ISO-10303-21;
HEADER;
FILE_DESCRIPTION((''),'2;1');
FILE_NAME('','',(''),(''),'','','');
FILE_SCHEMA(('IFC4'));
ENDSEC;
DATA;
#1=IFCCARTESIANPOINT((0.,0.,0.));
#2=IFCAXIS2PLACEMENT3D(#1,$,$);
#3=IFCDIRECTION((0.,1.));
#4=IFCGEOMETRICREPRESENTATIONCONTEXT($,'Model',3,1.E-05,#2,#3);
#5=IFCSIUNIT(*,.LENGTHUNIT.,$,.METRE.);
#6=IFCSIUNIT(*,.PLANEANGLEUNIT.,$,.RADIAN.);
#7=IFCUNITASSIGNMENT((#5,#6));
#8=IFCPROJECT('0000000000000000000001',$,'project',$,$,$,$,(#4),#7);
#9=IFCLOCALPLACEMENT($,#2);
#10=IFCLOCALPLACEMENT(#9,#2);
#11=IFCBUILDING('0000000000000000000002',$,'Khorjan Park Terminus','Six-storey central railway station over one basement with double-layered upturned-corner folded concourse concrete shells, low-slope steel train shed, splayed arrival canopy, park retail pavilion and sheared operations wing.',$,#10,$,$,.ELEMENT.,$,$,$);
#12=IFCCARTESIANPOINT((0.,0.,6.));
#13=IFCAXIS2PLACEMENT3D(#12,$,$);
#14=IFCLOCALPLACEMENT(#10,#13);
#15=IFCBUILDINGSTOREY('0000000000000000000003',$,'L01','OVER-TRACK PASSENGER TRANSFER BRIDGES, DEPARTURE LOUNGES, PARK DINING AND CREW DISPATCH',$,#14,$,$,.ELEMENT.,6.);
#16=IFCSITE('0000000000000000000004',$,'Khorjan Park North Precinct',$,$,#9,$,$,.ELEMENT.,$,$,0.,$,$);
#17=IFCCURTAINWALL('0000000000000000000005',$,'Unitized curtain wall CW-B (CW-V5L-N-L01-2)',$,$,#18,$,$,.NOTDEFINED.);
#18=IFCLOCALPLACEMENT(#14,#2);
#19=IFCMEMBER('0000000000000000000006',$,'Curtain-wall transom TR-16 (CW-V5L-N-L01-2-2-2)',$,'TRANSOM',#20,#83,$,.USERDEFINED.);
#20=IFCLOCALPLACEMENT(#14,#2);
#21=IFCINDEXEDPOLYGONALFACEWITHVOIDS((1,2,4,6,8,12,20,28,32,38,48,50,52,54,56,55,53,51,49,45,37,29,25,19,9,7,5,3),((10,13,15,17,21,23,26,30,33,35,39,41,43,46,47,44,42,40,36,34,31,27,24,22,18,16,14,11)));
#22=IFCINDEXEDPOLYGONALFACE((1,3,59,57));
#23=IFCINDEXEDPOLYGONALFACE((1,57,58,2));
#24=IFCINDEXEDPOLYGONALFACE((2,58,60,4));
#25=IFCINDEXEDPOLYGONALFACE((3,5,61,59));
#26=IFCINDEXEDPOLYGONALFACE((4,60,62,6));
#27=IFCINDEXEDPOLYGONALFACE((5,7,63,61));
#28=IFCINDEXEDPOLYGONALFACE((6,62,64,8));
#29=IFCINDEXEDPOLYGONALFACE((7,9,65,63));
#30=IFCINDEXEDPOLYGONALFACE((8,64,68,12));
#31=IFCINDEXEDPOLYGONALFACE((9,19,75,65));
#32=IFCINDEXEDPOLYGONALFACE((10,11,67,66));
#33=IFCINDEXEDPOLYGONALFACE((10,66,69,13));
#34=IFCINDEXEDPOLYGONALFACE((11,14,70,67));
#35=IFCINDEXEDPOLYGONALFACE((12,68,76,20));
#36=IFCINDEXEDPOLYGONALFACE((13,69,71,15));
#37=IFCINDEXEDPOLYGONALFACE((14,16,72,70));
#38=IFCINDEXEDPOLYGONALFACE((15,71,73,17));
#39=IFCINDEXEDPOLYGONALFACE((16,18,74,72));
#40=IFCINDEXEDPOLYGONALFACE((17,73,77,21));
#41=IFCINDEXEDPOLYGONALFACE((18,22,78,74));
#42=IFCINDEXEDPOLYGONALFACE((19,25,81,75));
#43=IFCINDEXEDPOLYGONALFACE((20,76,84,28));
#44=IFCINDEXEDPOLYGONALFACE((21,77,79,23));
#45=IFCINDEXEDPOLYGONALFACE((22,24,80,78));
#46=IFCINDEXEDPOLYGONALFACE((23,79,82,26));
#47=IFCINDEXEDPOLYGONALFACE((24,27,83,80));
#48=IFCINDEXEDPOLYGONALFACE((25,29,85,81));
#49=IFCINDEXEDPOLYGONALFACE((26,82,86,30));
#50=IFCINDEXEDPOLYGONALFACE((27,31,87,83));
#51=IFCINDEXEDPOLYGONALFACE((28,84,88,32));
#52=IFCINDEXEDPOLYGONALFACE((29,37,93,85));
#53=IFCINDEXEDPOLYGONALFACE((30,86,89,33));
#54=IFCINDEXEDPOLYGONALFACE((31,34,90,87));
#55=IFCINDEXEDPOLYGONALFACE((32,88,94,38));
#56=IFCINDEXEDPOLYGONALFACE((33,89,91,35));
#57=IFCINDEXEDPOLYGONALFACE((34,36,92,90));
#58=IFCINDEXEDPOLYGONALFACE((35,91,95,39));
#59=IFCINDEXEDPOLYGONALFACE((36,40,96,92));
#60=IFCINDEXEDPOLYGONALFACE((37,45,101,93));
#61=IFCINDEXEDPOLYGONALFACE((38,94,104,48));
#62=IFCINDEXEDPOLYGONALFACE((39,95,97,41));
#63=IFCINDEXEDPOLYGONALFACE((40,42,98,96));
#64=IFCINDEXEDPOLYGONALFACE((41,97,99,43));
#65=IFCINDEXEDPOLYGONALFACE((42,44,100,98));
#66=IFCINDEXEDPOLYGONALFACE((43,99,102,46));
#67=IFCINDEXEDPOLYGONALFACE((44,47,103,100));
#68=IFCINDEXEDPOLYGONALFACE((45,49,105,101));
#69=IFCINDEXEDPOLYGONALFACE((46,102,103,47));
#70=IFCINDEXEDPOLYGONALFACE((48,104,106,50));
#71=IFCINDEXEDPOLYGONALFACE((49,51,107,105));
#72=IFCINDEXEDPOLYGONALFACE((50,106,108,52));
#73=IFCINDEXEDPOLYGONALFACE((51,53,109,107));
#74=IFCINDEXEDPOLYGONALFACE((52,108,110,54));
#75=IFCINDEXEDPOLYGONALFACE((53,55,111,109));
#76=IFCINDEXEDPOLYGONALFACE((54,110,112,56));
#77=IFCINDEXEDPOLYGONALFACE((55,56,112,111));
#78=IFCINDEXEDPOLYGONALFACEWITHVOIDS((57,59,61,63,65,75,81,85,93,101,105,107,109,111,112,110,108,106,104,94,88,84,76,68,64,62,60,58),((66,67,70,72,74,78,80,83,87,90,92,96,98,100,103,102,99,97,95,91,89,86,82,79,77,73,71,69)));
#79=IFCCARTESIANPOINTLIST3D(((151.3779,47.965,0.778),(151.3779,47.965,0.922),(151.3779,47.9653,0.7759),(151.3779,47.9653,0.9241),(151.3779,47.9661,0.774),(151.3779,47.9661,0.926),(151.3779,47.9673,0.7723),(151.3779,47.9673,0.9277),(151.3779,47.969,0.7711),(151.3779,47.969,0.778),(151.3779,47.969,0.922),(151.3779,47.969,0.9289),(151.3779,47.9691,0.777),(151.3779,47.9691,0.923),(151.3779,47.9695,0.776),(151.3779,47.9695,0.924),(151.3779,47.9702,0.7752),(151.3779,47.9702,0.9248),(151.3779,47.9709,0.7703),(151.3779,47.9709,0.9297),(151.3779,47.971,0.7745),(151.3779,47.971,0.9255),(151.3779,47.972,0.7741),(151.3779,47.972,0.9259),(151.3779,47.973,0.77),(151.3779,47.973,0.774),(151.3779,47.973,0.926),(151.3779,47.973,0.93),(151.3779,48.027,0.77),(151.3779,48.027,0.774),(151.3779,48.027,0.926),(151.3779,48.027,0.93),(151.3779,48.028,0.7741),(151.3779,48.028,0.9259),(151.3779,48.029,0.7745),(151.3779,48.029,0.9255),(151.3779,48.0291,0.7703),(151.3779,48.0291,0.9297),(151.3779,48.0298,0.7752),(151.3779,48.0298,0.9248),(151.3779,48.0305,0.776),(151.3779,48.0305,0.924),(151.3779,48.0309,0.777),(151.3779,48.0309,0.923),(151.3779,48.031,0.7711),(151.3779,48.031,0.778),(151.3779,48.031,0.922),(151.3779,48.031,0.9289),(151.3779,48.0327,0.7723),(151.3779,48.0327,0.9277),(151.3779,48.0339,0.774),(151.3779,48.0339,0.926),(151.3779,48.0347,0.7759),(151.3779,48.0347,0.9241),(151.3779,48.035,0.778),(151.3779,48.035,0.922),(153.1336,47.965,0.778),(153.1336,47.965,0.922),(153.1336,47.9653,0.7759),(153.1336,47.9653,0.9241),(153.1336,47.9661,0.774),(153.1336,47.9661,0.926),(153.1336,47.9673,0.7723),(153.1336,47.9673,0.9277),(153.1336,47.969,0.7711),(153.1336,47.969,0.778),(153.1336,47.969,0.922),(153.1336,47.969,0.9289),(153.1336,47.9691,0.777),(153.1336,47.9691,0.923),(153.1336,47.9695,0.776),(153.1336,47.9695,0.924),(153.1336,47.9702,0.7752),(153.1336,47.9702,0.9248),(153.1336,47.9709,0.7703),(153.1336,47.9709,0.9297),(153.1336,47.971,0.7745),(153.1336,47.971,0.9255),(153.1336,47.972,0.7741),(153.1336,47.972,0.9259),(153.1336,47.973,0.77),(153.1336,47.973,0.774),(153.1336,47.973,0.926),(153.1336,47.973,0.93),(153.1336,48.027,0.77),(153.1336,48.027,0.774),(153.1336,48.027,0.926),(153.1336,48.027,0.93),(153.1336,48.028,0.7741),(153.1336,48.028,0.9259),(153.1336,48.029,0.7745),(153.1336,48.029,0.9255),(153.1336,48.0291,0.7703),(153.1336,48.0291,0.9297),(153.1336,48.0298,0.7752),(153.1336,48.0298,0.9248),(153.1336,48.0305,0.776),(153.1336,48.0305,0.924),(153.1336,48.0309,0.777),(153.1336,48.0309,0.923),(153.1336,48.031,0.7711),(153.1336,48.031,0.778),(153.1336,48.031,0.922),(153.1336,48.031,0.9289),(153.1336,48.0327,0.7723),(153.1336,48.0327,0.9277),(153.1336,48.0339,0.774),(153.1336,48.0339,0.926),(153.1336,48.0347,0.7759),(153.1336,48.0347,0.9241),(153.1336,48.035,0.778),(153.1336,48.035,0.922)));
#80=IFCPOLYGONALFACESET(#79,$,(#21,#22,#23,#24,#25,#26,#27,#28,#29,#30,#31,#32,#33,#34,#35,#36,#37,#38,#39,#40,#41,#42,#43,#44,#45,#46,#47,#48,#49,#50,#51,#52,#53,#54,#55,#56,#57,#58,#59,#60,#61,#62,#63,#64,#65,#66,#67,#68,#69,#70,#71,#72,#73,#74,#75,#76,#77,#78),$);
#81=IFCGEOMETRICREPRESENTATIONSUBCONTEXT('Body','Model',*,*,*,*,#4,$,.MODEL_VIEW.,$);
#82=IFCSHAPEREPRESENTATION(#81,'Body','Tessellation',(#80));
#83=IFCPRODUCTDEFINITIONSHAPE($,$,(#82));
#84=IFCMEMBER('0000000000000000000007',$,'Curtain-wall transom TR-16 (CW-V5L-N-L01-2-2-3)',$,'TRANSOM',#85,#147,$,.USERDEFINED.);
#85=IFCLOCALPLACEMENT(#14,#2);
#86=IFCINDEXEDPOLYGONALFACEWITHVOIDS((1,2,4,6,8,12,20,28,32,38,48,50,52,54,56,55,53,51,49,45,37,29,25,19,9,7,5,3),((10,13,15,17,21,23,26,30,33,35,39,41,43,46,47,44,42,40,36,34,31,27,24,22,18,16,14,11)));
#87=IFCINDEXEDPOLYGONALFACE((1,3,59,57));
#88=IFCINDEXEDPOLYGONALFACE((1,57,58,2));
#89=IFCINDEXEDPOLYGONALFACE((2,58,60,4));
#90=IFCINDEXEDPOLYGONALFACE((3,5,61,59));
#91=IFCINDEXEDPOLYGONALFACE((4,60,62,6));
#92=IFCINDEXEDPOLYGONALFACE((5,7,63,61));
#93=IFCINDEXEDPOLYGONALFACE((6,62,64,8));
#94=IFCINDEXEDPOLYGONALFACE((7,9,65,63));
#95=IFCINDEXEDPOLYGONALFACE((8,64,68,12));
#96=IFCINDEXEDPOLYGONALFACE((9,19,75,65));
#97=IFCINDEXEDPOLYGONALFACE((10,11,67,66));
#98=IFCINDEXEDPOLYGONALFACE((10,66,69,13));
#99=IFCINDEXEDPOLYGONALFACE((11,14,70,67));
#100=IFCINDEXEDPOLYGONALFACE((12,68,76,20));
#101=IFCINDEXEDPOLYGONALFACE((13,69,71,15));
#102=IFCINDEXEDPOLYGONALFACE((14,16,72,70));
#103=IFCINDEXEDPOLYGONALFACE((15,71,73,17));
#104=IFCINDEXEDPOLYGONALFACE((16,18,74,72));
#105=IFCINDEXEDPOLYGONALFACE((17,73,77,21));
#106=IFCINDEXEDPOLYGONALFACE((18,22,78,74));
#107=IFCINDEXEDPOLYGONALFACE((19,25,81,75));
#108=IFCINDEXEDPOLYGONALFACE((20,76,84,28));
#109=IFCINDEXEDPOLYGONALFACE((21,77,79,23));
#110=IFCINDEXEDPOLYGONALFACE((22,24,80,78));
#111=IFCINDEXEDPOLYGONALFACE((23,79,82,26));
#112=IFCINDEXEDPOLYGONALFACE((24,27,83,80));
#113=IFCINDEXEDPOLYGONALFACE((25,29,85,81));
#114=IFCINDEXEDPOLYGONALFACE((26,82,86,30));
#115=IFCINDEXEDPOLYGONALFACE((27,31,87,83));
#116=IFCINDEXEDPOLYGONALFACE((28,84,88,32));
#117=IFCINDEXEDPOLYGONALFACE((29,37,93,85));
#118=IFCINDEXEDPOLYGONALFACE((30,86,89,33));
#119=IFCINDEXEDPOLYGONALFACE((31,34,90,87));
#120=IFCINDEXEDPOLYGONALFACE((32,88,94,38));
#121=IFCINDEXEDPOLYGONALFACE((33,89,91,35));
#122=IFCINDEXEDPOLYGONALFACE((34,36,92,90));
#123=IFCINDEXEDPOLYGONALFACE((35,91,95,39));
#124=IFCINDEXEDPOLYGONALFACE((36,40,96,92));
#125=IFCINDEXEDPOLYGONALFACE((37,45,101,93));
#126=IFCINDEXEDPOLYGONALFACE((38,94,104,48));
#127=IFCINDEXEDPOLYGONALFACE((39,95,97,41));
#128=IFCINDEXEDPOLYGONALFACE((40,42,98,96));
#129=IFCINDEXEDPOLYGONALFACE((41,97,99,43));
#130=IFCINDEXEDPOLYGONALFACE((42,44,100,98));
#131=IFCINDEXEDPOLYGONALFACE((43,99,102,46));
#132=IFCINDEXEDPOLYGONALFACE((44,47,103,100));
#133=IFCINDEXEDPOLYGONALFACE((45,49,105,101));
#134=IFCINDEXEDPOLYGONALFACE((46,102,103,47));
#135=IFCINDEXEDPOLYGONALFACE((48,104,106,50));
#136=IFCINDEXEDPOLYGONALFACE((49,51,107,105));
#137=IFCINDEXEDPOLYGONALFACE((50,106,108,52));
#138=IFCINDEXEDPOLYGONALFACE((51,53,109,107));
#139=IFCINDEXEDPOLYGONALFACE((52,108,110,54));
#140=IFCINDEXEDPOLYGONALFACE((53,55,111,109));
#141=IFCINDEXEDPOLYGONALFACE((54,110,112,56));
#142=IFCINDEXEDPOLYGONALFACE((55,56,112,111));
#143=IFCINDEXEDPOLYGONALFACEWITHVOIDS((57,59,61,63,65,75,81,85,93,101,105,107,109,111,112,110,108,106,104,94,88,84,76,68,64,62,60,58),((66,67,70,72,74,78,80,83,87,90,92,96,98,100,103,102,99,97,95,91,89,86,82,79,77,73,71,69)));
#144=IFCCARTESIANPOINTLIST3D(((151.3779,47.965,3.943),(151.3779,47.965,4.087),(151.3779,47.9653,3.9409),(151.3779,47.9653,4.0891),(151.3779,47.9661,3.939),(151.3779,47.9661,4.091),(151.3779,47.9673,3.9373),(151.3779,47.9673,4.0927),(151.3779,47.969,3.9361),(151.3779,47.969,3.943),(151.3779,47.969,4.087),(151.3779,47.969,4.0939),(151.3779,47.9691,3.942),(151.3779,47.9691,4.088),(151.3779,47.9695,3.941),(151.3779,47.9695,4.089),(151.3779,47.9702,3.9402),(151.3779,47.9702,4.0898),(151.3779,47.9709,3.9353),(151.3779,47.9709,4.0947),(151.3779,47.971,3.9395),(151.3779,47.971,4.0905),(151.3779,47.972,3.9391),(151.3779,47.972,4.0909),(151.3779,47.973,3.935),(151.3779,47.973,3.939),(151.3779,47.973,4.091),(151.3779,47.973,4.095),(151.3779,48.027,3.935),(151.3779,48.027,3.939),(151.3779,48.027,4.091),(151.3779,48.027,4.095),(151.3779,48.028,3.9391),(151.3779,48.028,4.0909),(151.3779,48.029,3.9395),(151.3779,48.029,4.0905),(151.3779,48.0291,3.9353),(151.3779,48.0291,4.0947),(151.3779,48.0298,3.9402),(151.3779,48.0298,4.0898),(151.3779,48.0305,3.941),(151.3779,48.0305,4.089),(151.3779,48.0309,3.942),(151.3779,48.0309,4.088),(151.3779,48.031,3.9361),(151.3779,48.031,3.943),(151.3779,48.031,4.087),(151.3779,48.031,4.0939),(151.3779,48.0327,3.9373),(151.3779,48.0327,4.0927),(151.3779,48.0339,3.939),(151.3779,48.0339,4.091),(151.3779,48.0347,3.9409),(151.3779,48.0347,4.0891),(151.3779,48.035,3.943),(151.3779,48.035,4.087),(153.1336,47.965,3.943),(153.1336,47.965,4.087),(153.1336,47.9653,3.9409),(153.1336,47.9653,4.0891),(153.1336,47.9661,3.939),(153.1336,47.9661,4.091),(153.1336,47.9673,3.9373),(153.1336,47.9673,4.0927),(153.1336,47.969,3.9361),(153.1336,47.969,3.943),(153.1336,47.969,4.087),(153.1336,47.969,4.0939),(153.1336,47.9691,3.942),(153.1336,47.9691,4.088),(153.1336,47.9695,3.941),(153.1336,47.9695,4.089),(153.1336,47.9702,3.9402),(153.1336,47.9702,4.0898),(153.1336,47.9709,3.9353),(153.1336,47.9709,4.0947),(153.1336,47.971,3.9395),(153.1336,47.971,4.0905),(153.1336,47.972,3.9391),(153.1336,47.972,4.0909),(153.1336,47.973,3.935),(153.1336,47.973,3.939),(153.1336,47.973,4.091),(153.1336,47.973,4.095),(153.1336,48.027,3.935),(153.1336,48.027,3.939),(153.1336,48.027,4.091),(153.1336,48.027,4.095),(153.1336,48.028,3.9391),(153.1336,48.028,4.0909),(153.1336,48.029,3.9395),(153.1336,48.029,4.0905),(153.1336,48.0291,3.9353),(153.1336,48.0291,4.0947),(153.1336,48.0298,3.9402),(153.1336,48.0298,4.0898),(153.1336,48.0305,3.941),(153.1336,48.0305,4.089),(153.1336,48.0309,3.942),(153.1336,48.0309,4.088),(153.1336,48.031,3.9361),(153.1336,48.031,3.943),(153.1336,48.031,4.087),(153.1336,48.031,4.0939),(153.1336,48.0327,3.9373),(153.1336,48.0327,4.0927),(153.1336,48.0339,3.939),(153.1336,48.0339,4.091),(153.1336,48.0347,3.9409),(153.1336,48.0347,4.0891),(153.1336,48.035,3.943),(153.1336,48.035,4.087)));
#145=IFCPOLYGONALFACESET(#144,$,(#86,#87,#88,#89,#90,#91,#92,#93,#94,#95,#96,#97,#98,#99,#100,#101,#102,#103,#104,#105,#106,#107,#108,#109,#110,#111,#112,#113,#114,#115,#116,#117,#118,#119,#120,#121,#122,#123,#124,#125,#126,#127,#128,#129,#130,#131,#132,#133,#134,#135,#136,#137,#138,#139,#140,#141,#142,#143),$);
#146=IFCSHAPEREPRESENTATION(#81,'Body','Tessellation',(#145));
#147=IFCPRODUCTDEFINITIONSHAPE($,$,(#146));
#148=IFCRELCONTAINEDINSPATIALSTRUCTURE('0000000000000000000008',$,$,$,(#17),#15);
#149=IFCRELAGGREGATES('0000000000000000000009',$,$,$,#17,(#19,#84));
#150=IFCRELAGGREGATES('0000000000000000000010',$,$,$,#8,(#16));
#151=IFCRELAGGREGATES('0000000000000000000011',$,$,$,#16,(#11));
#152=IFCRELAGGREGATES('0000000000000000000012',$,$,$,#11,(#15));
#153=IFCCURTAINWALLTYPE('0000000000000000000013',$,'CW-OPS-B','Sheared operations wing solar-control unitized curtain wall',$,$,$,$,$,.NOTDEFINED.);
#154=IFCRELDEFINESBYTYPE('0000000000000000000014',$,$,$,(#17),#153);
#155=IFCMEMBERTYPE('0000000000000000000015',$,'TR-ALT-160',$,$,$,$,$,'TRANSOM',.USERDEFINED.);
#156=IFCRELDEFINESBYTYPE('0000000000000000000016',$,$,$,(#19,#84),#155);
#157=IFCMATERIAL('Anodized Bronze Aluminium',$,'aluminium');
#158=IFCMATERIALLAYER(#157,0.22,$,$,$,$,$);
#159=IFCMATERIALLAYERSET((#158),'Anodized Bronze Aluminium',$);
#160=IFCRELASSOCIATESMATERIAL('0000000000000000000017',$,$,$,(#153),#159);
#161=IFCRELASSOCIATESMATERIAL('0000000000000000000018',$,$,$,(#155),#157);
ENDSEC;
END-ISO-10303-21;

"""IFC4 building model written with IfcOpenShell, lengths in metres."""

from ifc_helpers import new_model, si_unit, direction, frame, origin, origin_2d, place, context, subcontext, project, spatial, hollow_rectangle, extrude, material, layer, layer_set, material_profile, profile_set, type_object, element, aggregate, save


model = new_model("IFC4")

# Units and contexts
model_context = context("Model", 3, precision=1e-05, world=origin(), true_north=direction((0.0, 1.0)))
body_context = subcontext(model_context, "Body", "Model", "MODEL_VIEW")
ifc_project = project(units=[si_unit("LENGTHUNIT", "METRE"), si_unit("PLANEANGLEUNIT", "RADIAN")], contexts=[model_context])

# Site, building, storey
site_placement = place(None, origin())
site = spatial("IfcSite", under=ifc_project, at=site_placement, Name="Khorjan Park North Precinct", CompositionType="ELEMENT", RefElevation=0.0)
building_placement = place(site_placement, origin())
building = spatial("IfcBuilding", under=site, at=building_placement, Name="Khorjan Park Terminus", Description="Six-storey central railway station over one basement with double-layered upturned-corner folded concourse concrete shells, low-slope steel train shed, splayed arrival canopy, park retail pavilion and sheared operations wing.", CompositionType="ELEMENT")
storey_placement = place(building_placement, frame((0.0, 0.0, 6.0)))
storey = spatial("IfcBuildingStorey", under=building, at=storey_placement, Name="L01", Description="OVER-TRACK PASSENGER TRANSFER BRIDGES, DEPARTURE LOUNGES, PARK DINING AND CREW DISPATCH", CompositionType="ELEMENT", Elevation=6.0)

# Curtain wall, members
ifc_material_1 = material(Name="Anodized Bronze Aluminium", Category="aluminium")
ifc_layer_1 = layer(ifc_material_1, 0.22)
ifc_layer_set_1 = layer_set([ifc_layer_1], Name="Anodized Bronze Aluminium")
curtain_wall_type = type_object("IfcCurtainWallType", Name="CW-OPS-B", Description="Sheared operations wing solar-control unitized curtain wall", PredefinedType="NOTDEFINED", material=ifc_layer_set_1)
curtain_wall_placement = place(storey_placement, origin())
curtain_wall = element("IfcCurtainWall", 1, at=curtain_wall_placement, inside=storey, type_object=curtain_wall_type, Name="Unitized curtain wall CW-B (CW-V5L-N-L01-2)", PredefinedType="NOTDEFINED")
ifc_material_profile_1 = material_profile(ifc_material_1, hollow_rectangle(XDim=0.07, YDim=0.16, WallThickness=0.004, InnerFilletRadius=0.004, OuterFilletRadius=0.008, at=origin_2d()), Name="ALT 70x160x4")
ifc_profile_set_1 = profile_set([ifc_material_profile_1], Name="Anodized Bronze Aluminium")
member_type_1 = type_object("IfcMemberType", Name="TR-ALT-160", ElementType="TRANSOM", PredefinedType="USERDEFINED", material=ifc_profile_set_1)
member_1_placement = place(storey_placement, frame((153.1336, 48.0, 0.85), z_axis=(-1.0, 0.0, 0.0), x_axis=(0.0, -1.0, 0.0)))
member_1 = element("IfcMember", 2, at=member_1_placement, type_object=member_type_1, Name="Curtain-wall transom TR-16 (CW-V5L-N-L01-2-2-2)", ObjectType="TRANSOM", PredefinedType="USERDEFINED", context=body_context, shape_type="SweptSolid", body=[
    extrude(hollow_rectangle(XDim=0.07, YDim=0.16, WallThickness=0.004, InnerFilletRadius=0.004, OuterFilletRadius=0.008, at=origin_2d()), origin(), (0.0, 0.0, 1.0), 1.7557),
])
member_2_placement = place(storey_placement, frame((153.1336, 48.0, 4.015), z_axis=(-1.0, 0.0, 0.0), x_axis=(0.0, -1.0, 0.0)))
member_2 = element("IfcMember", 3, at=member_2_placement, type_object=member_type_1, Name="Curtain-wall transom TR-16 (CW-V5L-N-L01-2-2-3)", ObjectType="TRANSOM", PredefinedType="USERDEFINED", context=body_context, shape_type="SweptSolid", body=[
    extrude(hollow_rectangle(XDim=0.07, YDim=0.16, WallThickness=0.004, InnerFilletRadius=0.004, OuterFilletRadius=0.008, at=origin_2d()), origin(), (0.0, 0.0, 1.0), 1.7557),
])
aggregate(curtain_wall, [member_1, member_2])

save(model, "model.ifc")
